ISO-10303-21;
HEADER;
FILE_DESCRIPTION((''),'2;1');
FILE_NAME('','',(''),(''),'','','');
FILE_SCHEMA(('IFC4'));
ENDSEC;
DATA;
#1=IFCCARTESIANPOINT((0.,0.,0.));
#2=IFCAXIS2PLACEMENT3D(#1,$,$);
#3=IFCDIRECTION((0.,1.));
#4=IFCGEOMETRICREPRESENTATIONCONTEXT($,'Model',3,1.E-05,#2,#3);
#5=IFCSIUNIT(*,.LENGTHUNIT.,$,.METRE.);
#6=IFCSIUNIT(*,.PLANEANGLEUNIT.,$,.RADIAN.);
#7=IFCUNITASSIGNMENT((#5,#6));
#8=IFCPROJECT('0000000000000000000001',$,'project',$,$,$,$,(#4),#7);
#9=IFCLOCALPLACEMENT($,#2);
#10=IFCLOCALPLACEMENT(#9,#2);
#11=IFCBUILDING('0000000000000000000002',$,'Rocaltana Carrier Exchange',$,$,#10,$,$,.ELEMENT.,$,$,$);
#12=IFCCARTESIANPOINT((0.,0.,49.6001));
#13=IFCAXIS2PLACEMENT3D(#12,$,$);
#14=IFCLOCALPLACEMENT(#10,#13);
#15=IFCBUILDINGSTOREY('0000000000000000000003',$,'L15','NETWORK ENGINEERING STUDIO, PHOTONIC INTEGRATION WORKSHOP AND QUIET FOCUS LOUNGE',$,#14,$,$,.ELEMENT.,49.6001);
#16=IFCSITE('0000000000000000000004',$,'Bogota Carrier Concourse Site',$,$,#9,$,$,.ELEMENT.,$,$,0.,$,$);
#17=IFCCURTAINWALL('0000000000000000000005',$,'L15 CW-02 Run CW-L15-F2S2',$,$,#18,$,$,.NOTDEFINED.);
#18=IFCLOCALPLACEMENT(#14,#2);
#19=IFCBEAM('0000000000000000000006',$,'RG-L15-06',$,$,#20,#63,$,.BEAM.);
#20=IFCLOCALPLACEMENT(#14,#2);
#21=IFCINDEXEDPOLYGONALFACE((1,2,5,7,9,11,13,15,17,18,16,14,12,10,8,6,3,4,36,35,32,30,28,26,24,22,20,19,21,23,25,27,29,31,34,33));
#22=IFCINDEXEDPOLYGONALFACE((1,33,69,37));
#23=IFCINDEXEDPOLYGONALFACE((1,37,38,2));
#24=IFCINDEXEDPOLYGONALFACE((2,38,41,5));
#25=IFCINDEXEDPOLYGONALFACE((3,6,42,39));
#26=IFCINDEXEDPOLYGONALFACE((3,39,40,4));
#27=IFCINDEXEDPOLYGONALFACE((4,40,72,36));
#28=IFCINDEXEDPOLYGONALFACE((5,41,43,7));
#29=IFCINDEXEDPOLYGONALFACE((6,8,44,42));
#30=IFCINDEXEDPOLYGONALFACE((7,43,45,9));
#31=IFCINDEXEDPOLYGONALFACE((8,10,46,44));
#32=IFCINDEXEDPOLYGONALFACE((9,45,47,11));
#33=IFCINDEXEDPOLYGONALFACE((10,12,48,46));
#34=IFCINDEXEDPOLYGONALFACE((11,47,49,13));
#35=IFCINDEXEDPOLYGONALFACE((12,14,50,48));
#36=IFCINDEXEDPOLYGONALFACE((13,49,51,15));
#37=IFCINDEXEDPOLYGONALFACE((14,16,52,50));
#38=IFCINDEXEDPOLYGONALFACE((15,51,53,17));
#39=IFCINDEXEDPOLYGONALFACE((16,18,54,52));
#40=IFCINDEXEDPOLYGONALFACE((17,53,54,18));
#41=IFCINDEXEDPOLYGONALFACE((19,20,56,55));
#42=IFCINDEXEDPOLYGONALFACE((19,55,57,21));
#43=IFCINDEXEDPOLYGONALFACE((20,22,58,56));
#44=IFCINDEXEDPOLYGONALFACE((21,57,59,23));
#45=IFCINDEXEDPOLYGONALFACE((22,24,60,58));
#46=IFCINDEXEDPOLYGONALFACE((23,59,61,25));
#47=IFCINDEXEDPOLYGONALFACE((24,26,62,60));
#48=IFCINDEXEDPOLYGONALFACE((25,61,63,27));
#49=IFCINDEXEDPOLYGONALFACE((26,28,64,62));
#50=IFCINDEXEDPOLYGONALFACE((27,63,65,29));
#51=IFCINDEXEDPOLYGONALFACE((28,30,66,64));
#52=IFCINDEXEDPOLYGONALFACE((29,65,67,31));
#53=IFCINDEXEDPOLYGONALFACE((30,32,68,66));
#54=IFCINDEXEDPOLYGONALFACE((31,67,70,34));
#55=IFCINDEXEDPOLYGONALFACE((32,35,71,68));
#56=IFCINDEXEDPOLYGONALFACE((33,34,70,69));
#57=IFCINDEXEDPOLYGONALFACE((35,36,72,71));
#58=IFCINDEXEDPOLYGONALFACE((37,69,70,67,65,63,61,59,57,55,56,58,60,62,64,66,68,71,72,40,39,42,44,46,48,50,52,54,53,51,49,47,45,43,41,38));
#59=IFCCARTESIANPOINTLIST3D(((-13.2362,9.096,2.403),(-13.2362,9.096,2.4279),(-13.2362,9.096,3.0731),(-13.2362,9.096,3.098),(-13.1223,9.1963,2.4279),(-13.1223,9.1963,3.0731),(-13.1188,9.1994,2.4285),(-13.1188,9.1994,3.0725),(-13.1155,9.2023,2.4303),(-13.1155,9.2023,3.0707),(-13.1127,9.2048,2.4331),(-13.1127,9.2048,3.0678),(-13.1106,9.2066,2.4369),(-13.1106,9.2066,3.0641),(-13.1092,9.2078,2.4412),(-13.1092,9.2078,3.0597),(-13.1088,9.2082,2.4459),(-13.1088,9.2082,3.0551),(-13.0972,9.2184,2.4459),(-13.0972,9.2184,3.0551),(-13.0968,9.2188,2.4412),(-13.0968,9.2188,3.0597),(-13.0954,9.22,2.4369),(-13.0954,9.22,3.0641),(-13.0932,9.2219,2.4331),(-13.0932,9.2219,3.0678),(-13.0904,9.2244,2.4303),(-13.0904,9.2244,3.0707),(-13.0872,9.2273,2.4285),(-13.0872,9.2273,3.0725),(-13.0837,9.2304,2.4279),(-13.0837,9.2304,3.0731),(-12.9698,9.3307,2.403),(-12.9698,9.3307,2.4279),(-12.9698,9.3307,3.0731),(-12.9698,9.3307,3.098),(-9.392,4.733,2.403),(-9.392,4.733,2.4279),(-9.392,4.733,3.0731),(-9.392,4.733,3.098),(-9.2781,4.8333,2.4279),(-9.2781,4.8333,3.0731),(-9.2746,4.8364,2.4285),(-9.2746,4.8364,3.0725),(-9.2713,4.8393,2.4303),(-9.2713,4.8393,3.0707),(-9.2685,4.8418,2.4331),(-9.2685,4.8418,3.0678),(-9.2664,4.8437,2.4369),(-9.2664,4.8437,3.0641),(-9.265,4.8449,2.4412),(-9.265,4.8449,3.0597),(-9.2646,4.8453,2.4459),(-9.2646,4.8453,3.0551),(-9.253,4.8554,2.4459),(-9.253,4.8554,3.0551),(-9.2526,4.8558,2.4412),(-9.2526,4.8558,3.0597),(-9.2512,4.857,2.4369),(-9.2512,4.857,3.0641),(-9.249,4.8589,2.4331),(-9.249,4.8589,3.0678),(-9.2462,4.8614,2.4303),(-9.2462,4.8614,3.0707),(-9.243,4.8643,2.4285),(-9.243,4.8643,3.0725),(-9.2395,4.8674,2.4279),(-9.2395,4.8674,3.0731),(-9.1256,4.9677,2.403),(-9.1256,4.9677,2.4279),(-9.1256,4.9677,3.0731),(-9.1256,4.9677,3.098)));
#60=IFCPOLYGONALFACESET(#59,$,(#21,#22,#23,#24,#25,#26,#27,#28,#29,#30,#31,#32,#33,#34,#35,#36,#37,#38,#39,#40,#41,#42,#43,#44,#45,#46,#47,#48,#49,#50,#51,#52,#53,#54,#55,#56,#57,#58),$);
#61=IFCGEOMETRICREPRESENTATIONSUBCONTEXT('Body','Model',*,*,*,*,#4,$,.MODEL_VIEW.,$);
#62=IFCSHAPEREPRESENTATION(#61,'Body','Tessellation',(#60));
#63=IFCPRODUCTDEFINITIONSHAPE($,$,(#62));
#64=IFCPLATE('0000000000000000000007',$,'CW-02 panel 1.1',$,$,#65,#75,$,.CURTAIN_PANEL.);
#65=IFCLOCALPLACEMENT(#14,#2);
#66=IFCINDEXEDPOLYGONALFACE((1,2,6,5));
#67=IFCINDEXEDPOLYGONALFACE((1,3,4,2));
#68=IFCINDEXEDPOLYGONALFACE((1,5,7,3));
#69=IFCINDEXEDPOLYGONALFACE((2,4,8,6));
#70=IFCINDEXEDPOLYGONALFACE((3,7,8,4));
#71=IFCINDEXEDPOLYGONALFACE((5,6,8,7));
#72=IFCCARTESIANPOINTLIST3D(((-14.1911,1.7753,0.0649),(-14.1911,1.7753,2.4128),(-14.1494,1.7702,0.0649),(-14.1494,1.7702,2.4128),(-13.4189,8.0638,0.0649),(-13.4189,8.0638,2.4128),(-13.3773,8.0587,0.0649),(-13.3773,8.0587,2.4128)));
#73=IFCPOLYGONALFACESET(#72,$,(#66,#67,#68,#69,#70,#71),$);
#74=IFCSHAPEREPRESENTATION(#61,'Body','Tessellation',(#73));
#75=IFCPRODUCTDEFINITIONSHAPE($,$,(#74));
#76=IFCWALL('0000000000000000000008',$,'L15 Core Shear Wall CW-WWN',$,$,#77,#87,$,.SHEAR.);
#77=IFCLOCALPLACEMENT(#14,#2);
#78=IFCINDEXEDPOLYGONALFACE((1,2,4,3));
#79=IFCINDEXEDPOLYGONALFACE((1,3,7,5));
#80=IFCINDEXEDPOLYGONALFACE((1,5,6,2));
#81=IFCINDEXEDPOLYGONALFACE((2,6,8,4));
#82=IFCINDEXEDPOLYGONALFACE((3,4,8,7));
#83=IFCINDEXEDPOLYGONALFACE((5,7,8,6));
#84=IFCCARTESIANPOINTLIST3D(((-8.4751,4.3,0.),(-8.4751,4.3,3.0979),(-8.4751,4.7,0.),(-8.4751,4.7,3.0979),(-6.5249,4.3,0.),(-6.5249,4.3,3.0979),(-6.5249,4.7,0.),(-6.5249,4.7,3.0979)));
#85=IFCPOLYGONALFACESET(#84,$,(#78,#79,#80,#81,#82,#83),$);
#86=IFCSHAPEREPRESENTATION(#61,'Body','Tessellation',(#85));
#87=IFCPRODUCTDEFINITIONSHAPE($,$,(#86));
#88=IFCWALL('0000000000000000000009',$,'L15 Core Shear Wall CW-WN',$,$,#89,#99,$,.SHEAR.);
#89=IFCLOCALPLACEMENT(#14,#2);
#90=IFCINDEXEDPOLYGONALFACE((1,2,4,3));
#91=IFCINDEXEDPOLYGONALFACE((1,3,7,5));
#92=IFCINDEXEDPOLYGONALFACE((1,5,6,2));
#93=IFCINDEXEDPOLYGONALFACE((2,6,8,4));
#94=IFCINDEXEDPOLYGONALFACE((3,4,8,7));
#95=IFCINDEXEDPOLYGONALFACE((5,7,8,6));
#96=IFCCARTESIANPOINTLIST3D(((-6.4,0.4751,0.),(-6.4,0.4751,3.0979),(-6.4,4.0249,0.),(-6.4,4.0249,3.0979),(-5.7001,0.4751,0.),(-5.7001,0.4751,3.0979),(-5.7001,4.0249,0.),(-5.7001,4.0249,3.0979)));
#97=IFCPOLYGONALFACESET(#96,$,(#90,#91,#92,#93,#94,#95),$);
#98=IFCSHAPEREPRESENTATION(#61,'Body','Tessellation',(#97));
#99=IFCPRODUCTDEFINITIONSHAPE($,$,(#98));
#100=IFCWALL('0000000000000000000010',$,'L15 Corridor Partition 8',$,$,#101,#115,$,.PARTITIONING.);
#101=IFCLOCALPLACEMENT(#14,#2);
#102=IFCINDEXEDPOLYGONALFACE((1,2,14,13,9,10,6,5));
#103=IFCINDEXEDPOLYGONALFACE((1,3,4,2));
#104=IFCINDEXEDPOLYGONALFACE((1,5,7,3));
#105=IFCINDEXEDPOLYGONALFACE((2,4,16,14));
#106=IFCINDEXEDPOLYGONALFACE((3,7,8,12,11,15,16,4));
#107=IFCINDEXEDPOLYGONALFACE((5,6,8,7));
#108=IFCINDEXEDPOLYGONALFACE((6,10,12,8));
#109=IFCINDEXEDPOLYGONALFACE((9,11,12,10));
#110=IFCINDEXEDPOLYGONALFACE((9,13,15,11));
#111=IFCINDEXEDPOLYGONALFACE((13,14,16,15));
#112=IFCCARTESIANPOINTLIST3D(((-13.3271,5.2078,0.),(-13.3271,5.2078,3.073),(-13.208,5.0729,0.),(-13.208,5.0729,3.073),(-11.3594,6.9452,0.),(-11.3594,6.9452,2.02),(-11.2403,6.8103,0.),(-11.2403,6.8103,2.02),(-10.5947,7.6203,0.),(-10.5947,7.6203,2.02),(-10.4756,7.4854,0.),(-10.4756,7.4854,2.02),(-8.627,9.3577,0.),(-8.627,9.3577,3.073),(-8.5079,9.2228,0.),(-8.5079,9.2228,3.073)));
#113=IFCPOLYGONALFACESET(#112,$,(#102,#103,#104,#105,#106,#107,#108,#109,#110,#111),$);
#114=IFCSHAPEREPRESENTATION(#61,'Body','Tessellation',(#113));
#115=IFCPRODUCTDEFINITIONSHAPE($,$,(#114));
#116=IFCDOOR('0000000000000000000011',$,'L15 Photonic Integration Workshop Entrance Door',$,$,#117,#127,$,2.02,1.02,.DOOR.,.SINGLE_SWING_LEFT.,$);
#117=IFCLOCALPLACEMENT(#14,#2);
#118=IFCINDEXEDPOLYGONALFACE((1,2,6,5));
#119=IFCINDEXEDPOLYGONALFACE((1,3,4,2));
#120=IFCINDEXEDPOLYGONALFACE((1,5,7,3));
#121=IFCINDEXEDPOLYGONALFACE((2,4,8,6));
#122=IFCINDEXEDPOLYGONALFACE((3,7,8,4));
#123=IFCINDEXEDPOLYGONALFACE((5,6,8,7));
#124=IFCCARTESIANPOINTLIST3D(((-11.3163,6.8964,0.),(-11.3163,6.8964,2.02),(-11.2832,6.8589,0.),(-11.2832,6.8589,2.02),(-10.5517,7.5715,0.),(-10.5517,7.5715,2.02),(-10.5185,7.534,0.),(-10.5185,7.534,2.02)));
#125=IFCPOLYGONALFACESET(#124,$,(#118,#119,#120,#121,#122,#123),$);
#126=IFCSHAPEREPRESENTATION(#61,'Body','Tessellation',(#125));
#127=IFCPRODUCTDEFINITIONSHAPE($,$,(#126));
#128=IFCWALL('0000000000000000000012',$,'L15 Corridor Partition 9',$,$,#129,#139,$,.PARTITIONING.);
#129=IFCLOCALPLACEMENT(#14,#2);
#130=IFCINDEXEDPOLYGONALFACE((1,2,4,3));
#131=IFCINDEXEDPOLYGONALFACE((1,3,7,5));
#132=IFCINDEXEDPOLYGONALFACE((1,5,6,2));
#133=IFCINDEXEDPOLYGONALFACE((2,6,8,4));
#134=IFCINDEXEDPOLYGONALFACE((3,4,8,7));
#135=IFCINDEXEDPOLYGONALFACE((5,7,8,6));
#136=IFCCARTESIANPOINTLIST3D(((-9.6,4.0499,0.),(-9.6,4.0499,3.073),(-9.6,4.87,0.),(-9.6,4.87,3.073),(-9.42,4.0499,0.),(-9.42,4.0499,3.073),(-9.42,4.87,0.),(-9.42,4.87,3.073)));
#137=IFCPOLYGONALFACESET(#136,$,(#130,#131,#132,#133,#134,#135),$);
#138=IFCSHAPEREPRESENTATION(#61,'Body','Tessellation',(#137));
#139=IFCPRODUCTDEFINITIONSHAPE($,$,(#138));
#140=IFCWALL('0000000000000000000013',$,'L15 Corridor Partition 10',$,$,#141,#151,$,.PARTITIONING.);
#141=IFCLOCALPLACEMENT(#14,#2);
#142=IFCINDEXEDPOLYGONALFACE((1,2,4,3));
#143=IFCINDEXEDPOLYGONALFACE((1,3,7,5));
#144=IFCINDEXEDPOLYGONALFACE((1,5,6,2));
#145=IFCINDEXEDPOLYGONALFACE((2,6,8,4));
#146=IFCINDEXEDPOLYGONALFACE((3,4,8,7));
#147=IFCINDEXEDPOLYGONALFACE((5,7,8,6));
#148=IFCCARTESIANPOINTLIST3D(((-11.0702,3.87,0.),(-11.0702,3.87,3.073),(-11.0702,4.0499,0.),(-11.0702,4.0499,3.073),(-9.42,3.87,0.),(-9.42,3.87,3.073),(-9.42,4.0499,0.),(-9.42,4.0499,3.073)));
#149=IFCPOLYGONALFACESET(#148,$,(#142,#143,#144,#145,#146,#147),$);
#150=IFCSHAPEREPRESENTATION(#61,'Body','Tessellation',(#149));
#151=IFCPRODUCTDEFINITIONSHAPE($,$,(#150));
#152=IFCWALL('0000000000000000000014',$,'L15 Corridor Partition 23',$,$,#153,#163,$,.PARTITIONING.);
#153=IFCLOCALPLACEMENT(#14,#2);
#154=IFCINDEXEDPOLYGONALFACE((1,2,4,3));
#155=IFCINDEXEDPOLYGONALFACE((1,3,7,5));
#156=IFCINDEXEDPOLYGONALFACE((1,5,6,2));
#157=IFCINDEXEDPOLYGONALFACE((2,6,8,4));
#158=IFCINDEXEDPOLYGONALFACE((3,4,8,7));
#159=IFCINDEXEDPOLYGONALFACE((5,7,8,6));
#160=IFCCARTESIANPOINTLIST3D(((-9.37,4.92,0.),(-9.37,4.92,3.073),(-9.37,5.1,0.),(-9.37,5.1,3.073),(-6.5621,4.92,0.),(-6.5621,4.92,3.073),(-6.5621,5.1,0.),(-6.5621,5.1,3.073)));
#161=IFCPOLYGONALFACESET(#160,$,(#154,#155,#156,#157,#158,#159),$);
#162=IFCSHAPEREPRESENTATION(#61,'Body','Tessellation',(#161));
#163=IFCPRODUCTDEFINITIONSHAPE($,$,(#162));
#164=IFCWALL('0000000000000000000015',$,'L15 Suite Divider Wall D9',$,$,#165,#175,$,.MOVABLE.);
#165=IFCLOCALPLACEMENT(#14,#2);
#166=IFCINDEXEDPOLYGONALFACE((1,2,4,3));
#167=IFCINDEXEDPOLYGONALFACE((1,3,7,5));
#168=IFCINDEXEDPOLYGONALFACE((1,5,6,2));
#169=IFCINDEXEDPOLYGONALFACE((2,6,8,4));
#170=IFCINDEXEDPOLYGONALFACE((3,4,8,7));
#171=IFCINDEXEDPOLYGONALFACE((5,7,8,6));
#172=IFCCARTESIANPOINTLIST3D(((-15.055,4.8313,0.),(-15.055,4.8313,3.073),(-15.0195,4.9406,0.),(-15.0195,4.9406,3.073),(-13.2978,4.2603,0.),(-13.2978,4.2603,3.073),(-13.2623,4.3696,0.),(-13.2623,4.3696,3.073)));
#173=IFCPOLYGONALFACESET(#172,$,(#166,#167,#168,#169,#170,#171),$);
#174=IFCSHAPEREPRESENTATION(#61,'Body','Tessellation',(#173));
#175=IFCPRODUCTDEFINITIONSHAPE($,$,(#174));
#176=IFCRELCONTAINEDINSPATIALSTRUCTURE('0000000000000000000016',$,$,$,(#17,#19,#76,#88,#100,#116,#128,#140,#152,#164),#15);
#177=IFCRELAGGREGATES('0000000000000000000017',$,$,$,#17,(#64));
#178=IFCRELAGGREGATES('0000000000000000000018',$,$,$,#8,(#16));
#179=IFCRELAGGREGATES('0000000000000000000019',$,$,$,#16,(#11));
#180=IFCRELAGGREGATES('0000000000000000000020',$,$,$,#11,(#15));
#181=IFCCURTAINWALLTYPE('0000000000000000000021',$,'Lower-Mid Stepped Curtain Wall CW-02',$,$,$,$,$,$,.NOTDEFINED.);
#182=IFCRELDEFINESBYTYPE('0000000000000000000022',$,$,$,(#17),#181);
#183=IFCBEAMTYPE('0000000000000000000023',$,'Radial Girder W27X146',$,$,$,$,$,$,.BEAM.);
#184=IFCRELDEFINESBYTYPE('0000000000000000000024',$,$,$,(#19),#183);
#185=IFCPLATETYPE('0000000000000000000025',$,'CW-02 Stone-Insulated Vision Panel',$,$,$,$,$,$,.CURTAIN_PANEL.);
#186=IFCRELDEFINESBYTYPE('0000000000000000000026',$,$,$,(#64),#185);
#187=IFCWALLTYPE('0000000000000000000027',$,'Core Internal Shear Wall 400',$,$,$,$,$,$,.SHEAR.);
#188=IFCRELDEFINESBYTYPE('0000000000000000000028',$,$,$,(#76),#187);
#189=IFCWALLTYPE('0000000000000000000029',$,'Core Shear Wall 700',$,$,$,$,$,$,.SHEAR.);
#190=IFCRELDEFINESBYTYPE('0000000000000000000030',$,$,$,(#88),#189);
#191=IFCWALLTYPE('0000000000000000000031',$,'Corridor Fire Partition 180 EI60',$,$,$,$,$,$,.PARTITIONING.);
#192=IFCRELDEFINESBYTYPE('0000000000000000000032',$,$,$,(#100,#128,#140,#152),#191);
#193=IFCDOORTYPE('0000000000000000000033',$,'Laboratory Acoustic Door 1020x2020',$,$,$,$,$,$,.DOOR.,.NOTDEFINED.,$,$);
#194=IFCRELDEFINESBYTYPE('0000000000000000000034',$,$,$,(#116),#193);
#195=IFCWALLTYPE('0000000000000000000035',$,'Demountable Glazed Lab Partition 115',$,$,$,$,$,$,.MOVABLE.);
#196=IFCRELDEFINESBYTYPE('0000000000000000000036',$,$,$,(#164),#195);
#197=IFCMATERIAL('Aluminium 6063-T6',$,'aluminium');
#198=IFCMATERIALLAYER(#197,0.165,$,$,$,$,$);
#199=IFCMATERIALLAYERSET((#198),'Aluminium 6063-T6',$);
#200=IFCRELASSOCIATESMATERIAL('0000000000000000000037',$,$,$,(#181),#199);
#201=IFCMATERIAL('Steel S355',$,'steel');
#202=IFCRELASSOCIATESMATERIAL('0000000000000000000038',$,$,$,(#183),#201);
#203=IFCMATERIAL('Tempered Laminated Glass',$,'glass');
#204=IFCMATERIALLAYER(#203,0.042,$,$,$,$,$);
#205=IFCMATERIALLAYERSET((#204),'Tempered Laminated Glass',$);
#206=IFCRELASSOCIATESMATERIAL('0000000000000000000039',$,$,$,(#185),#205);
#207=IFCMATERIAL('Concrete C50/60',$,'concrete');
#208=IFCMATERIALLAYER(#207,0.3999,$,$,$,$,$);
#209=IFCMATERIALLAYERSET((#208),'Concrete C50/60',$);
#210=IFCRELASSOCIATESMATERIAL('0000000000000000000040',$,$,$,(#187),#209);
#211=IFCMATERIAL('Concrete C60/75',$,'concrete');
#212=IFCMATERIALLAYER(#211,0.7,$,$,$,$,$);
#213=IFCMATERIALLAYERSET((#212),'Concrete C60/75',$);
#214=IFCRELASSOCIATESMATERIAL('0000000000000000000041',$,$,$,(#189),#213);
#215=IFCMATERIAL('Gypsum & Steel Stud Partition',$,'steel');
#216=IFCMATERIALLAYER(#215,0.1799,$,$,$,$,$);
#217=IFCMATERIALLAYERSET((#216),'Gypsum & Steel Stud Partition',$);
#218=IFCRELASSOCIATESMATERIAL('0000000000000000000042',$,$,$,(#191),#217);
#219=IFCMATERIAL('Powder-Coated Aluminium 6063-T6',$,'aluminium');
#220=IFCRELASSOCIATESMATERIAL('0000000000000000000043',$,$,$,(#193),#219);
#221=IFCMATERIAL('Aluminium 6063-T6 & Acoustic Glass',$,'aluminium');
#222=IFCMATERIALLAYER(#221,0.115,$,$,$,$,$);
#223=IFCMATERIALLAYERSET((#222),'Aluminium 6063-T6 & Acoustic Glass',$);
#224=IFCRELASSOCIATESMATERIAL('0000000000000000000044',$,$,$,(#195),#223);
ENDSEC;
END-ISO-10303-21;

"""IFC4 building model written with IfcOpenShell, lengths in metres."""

from ifc_helpers import new_model, si_unit, direction, frame, frame_2d, origin, origin_2d, place, context, subcontext, project, spatial, rectangle, i_section, extrude, material, layer, layer_set, material_profile, profile_set, type_object, element, fill, aggregate, save


model = new_model("IFC4")

# Units and contexts
model_context = context("Model", 3, precision=1e-05, world=origin(), true_north=direction((0.0, 1.0)))
body_context = subcontext(model_context, "Body", "Model", "MODEL_VIEW")
ifc_project = project(units=[si_unit("LENGTHUNIT", "METRE"), si_unit("PLANEANGLEUNIT", "RADIAN")], contexts=[model_context])

# Site, building, storey
site_placement = place(None, origin())
site = spatial("IfcSite", under=ifc_project, at=site_placement, Name="Bogota Carrier Concourse Site", CompositionType="ELEMENT", RefElevation=0.0)
building_placement = place(site_placement, origin())
building = spatial("IfcBuilding", under=site, at=building_placement, Name="Rocaltana Carrier Exchange", CompositionType="ELEMENT")
storey_placement = place(building_placement, frame((0.0, 0.0, 49.6001)))
storey = spatial("IfcBuildingStorey", under=building, at=storey_placement, Name="L15", Description="NETWORK ENGINEERING STUDIO, PHOTONIC INTEGRATION WORKSHOP AND QUIET FOCUS LOUNGE", CompositionType="ELEMENT", Elevation=49.6001)

# Curtain wall
ifc_material_1 = material(Name="Aluminium 6063-T6", Category="aluminium")
ifc_layer_1 = layer(ifc_material_1, 0.165)
ifc_layer_set_1 = layer_set([ifc_layer_1], Name="Aluminium 6063-T6")
curtain_wall_type = type_object("IfcCurtainWallType", Name="Lower-Mid Stepped Curtain Wall CW-02", PredefinedType="NOTDEFINED", material=ifc_layer_set_1)
curtain_wall_placement = place(storey_placement, origin())
curtain_wall = element("IfcCurtainWall", 1, at=curtain_wall_placement, inside=storey, type_object=curtain_wall_type, Name="L15 CW-02 Run CW-L15-F2S2", PredefinedType="NOTDEFINED")

# Beam
ifc_material_2 = material(Name="Steel S355", Category="steel")
ifc_material_profile_1 = material_profile(ifc_material_2, i_section(OverallWidth=0.355, OverallDepth=0.6951, WebThickness=0.0154, FlangeThickness=0.0249, FilletRadius=0.0181, at=origin_2d()), Name="W27X146")
ifc_profile_set_1 = profile_set([ifc_material_profile_1], Name="Steel S355")
beam_type_1 = type_object("IfcBeamType", Name="Radial Girder W27X146", PredefinedType="BEAM", material=ifc_profile_set_1)
beam_1_placement = place(storey_placement, frame((-9.2588, 4.8503, 2.7505), z_axis=(-0.66109, 0.750307, 0.0), x_axis=(-0.750307, -0.66109, 0.0)))
element("IfcBeam", 2, at=beam_1_placement, inside=storey, type_object=beam_type_1, Name="RG-L15-06", PredefinedType="BEAM", context=body_context, shape_type="SweptSolid", body=[
    extrude(i_section(OverallWidth=0.355, OverallDepth=0.6951, WebThickness=0.0154, FlangeThickness=0.0249, FilletRadius=0.0181, at=origin_2d()), origin(), (0.0, 0.0, 1.0), 5.8149),
])

# Plate
ifc_material_3 = material(Name="Tempered Laminated Glass", Category="glass")
ifc_layer_2 = layer(ifc_material_3, 0.042)
ifc_layer_set_2 = layer_set([ifc_layer_2], Name="Tempered Laminated Glass")
plate_type = type_object("IfcPlateType", Name="CW-02 Stone-Insulated Vision Panel", PredefinedType="CURTAIN_PANEL", material=ifc_layer_set_2)
plate_placement = place(storey_placement, frame((-13.7842, 4.917, 0.0649), z_axis=(0.0, 0.0, 1.0), x_axis=(-0.121874, -0.992546, 0.0)))
plate = element("IfcPlate", 3, at=plate_placement, type_object=plate_type, Name="CW-02 panel 1.1", PredefinedType="CURTAIN_PANEL", context=body_context, shape_type="SweptSolid", body=[
    extrude(rectangle(XDim=6.3357, YDim=0.042, at=origin_2d()), origin(), (0.0, 0.0, 1.0), 2.3479),
])
aggregate(curtain_wall, [plate])

# Walls
ifc_material_4 = material(Name="Concrete C50/60", Category="concrete")
ifc_layer_3 = layer(ifc_material_4, 0.3999)
ifc_layer_set_3 = layer_set([ifc_layer_3], Name="Concrete C50/60")
wall_type_1 = type_object("IfcWallType", Name="Core Internal Shear Wall 400", PredefinedType="SHEAR", material=ifc_layer_set_3)
wall_1_placement = place(storey_placement, frame((-8.4751, 4.5, 0.0), z_axis=(0.0, 0.0, 1.0), x_axis=(1.0, 0.0, 0.0)))
element("IfcWall", 4, at=wall_1_placement, inside=storey, type_object=wall_type_1, Name="L15 Core Shear Wall CW-WWN", PredefinedType="SHEAR", context=body_context, shape_type="SweptSolid", body=[
    extrude(rectangle(XDim=1.9502, YDim=0.3999, at=frame_2d((0.9751, 0.0))), origin(), (0.0, 0.0, 1.0), 3.0979),
])
ifc_material_5 = material(Name="Concrete C60/75", Category="concrete")
ifc_layer_4 = layer(ifc_material_5, 0.7)
ifc_layer_set_4 = layer_set([ifc_layer_4], Name="Concrete C60/75")
wall_type_2 = type_object("IfcWallType", Name="Core Shear Wall 700", PredefinedType="SHEAR", material=ifc_layer_set_4)
wall_2_placement = place(storey_placement, frame((-6.05, 0.4751, 0.0), z_axis=(0.0, 0.0, 1.0), x_axis=(0.0, 1.0, 0.0)))
element("IfcWall", 5, at=wall_2_placement, inside=storey, type_object=wall_type_2, Name="L15 Core Shear Wall CW-WN", PredefinedType="SHEAR", context=body_context, shape_type="SweptSolid", body=[
    extrude(rectangle(XDim=3.5498, YDim=0.7, at=frame_2d((1.7749, 0.0))), origin(), (0.0, 0.0, 1.0), 3.0979),
])

# Wall, opening, door
ifc_material_6 = material(Name="Gypsum & Steel Stud Partition", Category="steel")
ifc_layer_5 = layer(ifc_material_6, 0.1799)
ifc_layer_set_5 = layer_set([ifc_layer_5], Name="Gypsum & Steel Stud Partition")
wall_type_3 = type_object("IfcWallType", Name="Corridor Fire Partition 180 EI60", PredefinedType="PARTITIONING", material=ifc_layer_set_5)
wall_3_placement = place(storey_placement, frame((-13.2676, 5.1404, 0.0), z_axis=(0.0, 0.0, 1.0), x_axis=(0.749626, 0.661861, 0.0)))
wall_3 = element("IfcWall", 6, at=wall_3_placement, inside=storey, type_object=wall_type_3, Name="L15 Corridor Partition 8", PredefinedType="PARTITIONING", context=body_context, shape_type="SweptSolid", body=[
    extrude(rectangle(XDim=6.27, YDim=0.1799, at=frame_2d((3.135, 0.0))), origin(), (0.0, 0.0, 1.0), 3.073),
])
opening_placement = place(wall_3_placement, frame((2.625, 0.0, 0.0)))
opening = element("IfcOpeningElement", 7, at=opening_placement, cuts=wall_3, PredefinedType="OPENING", context=body_context, shape_type="SweptSolid", body=[
    extrude(rectangle(XDim=1.02, YDim=2.02, at=frame_2d((0.51, 1.01))), frame((0.0, 0.0999, 0.0), z_axis=(0.0, -1.0, 0.0), x_axis=(1.0, 0.0, 0.0)), (0.0, 0.0, 1.0), 0.2),
])
ifc_material_7 = material(Name="Powder-Coated Aluminium 6063-T6", Category="aluminium")
door_type = type_object("IfcDoorType", Name="Laboratory Acoustic Door 1020x2020", OperationType="NOTDEFINED", PredefinedType="DOOR", material=ifc_material_7)
door_placement = place(opening_placement, origin())
door = element("IfcDoor", 8, at=door_placement, inside=storey, type_object=door_type, Name="L15 Photonic Integration Workshop Entrance Door", OperationType="SINGLE_SWING_LEFT", OverallHeight=2.02, OverallWidth=1.02, PredefinedType="DOOR", context=body_context, shape_type="SweptSolid", body=[
    extrude(rectangle(XDim=1.02, YDim=2.02, at=frame_2d((0.51, 1.01))), frame((0.0, 0.0249, 0.0), z_axis=(0.0, -1.0, 0.0), x_axis=(1.0, 0.0, 0.0)), (0.0, 0.0, 1.0), 0.05),
])
fill(opening, door)

# Walls
wall_4_placement = place(storey_placement, frame((-9.51, 4.8701, 0.0), z_axis=(0.0, 0.0, 1.0), x_axis=(0.0, -1.0, 0.0)))
element("IfcWall", 9, at=wall_4_placement, inside=storey, type_object=wall_type_3, Name="L15 Corridor Partition 9", PredefinedType="PARTITIONING", context=body_context, shape_type="SweptSolid", body=[
    extrude(rectangle(XDim=0.8201, YDim=0.1799, at=frame_2d((0.4102, 0.0))), origin(), (0.0, 0.0, 1.0), 3.073),
])
wall_5_placement = place(storey_placement, frame((-9.4199, 3.96, 0.0), z_axis=(0.0, 0.0, 1.0), x_axis=(-1.0, 0.0, 0.0)))
element("IfcWall", 10, at=wall_5_placement, inside=storey, type_object=wall_type_3, Name="L15 Corridor Partition 10", PredefinedType="PARTITIONING", context=body_context, shape_type="SweptSolid", body=[
    extrude(rectangle(XDim=1.6501, YDim=0.1799, at=frame_2d((0.8252, 0.0))), origin(), (0.0, 0.0, 1.0), 3.073),
])
wall_6_placement = place(storey_placement, frame((-6.5623, 5.01, 0.0), z_axis=(0.0, 0.0, 1.0), x_axis=(-1.0, 0.0, 0.0)))
element("IfcWall", 11, at=wall_6_placement, inside=storey, type_object=wall_type_3, Name="L15 Corridor Partition 23", PredefinedType="PARTITIONING", context=body_context, shape_type="SweptSolid", body=[
    extrude(rectangle(XDim=2.8079, YDim=0.1799, at=frame_2d((1.4038, 0.0))), origin(), (0.0, 0.0, 1.0), 3.073),
])
ifc_material_8 = material(Name="Aluminium 6063-T6 & Acoustic Glass", Category="aluminium")
ifc_layer_6 = layer(ifc_material_8, 0.115)
ifc_layer_set_6 = layer_set([ifc_layer_6], Name="Aluminium 6063-T6 & Acoustic Glass")
wall_type_4 = type_object("IfcWallType", Name="Demountable Glazed Lab Partition 115", PredefinedType="MOVABLE", material=ifc_layer_set_6)
wall_7_placement = place(storey_placement, frame((-13.28, 4.3149, 0.0), z_axis=(0.0, 0.0, 1.0), x_axis=(-0.951048, 0.309044, 0.0)))
element("IfcWall", 12, at=wall_7_placement, inside=storey, type_object=wall_type_4, Name="L15 Suite Divider Wall D9", PredefinedType="MOVABLE", context=body_context, shape_type="SweptSolid", body=[
    extrude(rectangle(XDim=1.8477, YDim=0.115, at=frame_2d((0.9238, 0.0))), origin(), (0.0, 0.0, 1.0), 3.073),
])

save(model, "model.ifc")
